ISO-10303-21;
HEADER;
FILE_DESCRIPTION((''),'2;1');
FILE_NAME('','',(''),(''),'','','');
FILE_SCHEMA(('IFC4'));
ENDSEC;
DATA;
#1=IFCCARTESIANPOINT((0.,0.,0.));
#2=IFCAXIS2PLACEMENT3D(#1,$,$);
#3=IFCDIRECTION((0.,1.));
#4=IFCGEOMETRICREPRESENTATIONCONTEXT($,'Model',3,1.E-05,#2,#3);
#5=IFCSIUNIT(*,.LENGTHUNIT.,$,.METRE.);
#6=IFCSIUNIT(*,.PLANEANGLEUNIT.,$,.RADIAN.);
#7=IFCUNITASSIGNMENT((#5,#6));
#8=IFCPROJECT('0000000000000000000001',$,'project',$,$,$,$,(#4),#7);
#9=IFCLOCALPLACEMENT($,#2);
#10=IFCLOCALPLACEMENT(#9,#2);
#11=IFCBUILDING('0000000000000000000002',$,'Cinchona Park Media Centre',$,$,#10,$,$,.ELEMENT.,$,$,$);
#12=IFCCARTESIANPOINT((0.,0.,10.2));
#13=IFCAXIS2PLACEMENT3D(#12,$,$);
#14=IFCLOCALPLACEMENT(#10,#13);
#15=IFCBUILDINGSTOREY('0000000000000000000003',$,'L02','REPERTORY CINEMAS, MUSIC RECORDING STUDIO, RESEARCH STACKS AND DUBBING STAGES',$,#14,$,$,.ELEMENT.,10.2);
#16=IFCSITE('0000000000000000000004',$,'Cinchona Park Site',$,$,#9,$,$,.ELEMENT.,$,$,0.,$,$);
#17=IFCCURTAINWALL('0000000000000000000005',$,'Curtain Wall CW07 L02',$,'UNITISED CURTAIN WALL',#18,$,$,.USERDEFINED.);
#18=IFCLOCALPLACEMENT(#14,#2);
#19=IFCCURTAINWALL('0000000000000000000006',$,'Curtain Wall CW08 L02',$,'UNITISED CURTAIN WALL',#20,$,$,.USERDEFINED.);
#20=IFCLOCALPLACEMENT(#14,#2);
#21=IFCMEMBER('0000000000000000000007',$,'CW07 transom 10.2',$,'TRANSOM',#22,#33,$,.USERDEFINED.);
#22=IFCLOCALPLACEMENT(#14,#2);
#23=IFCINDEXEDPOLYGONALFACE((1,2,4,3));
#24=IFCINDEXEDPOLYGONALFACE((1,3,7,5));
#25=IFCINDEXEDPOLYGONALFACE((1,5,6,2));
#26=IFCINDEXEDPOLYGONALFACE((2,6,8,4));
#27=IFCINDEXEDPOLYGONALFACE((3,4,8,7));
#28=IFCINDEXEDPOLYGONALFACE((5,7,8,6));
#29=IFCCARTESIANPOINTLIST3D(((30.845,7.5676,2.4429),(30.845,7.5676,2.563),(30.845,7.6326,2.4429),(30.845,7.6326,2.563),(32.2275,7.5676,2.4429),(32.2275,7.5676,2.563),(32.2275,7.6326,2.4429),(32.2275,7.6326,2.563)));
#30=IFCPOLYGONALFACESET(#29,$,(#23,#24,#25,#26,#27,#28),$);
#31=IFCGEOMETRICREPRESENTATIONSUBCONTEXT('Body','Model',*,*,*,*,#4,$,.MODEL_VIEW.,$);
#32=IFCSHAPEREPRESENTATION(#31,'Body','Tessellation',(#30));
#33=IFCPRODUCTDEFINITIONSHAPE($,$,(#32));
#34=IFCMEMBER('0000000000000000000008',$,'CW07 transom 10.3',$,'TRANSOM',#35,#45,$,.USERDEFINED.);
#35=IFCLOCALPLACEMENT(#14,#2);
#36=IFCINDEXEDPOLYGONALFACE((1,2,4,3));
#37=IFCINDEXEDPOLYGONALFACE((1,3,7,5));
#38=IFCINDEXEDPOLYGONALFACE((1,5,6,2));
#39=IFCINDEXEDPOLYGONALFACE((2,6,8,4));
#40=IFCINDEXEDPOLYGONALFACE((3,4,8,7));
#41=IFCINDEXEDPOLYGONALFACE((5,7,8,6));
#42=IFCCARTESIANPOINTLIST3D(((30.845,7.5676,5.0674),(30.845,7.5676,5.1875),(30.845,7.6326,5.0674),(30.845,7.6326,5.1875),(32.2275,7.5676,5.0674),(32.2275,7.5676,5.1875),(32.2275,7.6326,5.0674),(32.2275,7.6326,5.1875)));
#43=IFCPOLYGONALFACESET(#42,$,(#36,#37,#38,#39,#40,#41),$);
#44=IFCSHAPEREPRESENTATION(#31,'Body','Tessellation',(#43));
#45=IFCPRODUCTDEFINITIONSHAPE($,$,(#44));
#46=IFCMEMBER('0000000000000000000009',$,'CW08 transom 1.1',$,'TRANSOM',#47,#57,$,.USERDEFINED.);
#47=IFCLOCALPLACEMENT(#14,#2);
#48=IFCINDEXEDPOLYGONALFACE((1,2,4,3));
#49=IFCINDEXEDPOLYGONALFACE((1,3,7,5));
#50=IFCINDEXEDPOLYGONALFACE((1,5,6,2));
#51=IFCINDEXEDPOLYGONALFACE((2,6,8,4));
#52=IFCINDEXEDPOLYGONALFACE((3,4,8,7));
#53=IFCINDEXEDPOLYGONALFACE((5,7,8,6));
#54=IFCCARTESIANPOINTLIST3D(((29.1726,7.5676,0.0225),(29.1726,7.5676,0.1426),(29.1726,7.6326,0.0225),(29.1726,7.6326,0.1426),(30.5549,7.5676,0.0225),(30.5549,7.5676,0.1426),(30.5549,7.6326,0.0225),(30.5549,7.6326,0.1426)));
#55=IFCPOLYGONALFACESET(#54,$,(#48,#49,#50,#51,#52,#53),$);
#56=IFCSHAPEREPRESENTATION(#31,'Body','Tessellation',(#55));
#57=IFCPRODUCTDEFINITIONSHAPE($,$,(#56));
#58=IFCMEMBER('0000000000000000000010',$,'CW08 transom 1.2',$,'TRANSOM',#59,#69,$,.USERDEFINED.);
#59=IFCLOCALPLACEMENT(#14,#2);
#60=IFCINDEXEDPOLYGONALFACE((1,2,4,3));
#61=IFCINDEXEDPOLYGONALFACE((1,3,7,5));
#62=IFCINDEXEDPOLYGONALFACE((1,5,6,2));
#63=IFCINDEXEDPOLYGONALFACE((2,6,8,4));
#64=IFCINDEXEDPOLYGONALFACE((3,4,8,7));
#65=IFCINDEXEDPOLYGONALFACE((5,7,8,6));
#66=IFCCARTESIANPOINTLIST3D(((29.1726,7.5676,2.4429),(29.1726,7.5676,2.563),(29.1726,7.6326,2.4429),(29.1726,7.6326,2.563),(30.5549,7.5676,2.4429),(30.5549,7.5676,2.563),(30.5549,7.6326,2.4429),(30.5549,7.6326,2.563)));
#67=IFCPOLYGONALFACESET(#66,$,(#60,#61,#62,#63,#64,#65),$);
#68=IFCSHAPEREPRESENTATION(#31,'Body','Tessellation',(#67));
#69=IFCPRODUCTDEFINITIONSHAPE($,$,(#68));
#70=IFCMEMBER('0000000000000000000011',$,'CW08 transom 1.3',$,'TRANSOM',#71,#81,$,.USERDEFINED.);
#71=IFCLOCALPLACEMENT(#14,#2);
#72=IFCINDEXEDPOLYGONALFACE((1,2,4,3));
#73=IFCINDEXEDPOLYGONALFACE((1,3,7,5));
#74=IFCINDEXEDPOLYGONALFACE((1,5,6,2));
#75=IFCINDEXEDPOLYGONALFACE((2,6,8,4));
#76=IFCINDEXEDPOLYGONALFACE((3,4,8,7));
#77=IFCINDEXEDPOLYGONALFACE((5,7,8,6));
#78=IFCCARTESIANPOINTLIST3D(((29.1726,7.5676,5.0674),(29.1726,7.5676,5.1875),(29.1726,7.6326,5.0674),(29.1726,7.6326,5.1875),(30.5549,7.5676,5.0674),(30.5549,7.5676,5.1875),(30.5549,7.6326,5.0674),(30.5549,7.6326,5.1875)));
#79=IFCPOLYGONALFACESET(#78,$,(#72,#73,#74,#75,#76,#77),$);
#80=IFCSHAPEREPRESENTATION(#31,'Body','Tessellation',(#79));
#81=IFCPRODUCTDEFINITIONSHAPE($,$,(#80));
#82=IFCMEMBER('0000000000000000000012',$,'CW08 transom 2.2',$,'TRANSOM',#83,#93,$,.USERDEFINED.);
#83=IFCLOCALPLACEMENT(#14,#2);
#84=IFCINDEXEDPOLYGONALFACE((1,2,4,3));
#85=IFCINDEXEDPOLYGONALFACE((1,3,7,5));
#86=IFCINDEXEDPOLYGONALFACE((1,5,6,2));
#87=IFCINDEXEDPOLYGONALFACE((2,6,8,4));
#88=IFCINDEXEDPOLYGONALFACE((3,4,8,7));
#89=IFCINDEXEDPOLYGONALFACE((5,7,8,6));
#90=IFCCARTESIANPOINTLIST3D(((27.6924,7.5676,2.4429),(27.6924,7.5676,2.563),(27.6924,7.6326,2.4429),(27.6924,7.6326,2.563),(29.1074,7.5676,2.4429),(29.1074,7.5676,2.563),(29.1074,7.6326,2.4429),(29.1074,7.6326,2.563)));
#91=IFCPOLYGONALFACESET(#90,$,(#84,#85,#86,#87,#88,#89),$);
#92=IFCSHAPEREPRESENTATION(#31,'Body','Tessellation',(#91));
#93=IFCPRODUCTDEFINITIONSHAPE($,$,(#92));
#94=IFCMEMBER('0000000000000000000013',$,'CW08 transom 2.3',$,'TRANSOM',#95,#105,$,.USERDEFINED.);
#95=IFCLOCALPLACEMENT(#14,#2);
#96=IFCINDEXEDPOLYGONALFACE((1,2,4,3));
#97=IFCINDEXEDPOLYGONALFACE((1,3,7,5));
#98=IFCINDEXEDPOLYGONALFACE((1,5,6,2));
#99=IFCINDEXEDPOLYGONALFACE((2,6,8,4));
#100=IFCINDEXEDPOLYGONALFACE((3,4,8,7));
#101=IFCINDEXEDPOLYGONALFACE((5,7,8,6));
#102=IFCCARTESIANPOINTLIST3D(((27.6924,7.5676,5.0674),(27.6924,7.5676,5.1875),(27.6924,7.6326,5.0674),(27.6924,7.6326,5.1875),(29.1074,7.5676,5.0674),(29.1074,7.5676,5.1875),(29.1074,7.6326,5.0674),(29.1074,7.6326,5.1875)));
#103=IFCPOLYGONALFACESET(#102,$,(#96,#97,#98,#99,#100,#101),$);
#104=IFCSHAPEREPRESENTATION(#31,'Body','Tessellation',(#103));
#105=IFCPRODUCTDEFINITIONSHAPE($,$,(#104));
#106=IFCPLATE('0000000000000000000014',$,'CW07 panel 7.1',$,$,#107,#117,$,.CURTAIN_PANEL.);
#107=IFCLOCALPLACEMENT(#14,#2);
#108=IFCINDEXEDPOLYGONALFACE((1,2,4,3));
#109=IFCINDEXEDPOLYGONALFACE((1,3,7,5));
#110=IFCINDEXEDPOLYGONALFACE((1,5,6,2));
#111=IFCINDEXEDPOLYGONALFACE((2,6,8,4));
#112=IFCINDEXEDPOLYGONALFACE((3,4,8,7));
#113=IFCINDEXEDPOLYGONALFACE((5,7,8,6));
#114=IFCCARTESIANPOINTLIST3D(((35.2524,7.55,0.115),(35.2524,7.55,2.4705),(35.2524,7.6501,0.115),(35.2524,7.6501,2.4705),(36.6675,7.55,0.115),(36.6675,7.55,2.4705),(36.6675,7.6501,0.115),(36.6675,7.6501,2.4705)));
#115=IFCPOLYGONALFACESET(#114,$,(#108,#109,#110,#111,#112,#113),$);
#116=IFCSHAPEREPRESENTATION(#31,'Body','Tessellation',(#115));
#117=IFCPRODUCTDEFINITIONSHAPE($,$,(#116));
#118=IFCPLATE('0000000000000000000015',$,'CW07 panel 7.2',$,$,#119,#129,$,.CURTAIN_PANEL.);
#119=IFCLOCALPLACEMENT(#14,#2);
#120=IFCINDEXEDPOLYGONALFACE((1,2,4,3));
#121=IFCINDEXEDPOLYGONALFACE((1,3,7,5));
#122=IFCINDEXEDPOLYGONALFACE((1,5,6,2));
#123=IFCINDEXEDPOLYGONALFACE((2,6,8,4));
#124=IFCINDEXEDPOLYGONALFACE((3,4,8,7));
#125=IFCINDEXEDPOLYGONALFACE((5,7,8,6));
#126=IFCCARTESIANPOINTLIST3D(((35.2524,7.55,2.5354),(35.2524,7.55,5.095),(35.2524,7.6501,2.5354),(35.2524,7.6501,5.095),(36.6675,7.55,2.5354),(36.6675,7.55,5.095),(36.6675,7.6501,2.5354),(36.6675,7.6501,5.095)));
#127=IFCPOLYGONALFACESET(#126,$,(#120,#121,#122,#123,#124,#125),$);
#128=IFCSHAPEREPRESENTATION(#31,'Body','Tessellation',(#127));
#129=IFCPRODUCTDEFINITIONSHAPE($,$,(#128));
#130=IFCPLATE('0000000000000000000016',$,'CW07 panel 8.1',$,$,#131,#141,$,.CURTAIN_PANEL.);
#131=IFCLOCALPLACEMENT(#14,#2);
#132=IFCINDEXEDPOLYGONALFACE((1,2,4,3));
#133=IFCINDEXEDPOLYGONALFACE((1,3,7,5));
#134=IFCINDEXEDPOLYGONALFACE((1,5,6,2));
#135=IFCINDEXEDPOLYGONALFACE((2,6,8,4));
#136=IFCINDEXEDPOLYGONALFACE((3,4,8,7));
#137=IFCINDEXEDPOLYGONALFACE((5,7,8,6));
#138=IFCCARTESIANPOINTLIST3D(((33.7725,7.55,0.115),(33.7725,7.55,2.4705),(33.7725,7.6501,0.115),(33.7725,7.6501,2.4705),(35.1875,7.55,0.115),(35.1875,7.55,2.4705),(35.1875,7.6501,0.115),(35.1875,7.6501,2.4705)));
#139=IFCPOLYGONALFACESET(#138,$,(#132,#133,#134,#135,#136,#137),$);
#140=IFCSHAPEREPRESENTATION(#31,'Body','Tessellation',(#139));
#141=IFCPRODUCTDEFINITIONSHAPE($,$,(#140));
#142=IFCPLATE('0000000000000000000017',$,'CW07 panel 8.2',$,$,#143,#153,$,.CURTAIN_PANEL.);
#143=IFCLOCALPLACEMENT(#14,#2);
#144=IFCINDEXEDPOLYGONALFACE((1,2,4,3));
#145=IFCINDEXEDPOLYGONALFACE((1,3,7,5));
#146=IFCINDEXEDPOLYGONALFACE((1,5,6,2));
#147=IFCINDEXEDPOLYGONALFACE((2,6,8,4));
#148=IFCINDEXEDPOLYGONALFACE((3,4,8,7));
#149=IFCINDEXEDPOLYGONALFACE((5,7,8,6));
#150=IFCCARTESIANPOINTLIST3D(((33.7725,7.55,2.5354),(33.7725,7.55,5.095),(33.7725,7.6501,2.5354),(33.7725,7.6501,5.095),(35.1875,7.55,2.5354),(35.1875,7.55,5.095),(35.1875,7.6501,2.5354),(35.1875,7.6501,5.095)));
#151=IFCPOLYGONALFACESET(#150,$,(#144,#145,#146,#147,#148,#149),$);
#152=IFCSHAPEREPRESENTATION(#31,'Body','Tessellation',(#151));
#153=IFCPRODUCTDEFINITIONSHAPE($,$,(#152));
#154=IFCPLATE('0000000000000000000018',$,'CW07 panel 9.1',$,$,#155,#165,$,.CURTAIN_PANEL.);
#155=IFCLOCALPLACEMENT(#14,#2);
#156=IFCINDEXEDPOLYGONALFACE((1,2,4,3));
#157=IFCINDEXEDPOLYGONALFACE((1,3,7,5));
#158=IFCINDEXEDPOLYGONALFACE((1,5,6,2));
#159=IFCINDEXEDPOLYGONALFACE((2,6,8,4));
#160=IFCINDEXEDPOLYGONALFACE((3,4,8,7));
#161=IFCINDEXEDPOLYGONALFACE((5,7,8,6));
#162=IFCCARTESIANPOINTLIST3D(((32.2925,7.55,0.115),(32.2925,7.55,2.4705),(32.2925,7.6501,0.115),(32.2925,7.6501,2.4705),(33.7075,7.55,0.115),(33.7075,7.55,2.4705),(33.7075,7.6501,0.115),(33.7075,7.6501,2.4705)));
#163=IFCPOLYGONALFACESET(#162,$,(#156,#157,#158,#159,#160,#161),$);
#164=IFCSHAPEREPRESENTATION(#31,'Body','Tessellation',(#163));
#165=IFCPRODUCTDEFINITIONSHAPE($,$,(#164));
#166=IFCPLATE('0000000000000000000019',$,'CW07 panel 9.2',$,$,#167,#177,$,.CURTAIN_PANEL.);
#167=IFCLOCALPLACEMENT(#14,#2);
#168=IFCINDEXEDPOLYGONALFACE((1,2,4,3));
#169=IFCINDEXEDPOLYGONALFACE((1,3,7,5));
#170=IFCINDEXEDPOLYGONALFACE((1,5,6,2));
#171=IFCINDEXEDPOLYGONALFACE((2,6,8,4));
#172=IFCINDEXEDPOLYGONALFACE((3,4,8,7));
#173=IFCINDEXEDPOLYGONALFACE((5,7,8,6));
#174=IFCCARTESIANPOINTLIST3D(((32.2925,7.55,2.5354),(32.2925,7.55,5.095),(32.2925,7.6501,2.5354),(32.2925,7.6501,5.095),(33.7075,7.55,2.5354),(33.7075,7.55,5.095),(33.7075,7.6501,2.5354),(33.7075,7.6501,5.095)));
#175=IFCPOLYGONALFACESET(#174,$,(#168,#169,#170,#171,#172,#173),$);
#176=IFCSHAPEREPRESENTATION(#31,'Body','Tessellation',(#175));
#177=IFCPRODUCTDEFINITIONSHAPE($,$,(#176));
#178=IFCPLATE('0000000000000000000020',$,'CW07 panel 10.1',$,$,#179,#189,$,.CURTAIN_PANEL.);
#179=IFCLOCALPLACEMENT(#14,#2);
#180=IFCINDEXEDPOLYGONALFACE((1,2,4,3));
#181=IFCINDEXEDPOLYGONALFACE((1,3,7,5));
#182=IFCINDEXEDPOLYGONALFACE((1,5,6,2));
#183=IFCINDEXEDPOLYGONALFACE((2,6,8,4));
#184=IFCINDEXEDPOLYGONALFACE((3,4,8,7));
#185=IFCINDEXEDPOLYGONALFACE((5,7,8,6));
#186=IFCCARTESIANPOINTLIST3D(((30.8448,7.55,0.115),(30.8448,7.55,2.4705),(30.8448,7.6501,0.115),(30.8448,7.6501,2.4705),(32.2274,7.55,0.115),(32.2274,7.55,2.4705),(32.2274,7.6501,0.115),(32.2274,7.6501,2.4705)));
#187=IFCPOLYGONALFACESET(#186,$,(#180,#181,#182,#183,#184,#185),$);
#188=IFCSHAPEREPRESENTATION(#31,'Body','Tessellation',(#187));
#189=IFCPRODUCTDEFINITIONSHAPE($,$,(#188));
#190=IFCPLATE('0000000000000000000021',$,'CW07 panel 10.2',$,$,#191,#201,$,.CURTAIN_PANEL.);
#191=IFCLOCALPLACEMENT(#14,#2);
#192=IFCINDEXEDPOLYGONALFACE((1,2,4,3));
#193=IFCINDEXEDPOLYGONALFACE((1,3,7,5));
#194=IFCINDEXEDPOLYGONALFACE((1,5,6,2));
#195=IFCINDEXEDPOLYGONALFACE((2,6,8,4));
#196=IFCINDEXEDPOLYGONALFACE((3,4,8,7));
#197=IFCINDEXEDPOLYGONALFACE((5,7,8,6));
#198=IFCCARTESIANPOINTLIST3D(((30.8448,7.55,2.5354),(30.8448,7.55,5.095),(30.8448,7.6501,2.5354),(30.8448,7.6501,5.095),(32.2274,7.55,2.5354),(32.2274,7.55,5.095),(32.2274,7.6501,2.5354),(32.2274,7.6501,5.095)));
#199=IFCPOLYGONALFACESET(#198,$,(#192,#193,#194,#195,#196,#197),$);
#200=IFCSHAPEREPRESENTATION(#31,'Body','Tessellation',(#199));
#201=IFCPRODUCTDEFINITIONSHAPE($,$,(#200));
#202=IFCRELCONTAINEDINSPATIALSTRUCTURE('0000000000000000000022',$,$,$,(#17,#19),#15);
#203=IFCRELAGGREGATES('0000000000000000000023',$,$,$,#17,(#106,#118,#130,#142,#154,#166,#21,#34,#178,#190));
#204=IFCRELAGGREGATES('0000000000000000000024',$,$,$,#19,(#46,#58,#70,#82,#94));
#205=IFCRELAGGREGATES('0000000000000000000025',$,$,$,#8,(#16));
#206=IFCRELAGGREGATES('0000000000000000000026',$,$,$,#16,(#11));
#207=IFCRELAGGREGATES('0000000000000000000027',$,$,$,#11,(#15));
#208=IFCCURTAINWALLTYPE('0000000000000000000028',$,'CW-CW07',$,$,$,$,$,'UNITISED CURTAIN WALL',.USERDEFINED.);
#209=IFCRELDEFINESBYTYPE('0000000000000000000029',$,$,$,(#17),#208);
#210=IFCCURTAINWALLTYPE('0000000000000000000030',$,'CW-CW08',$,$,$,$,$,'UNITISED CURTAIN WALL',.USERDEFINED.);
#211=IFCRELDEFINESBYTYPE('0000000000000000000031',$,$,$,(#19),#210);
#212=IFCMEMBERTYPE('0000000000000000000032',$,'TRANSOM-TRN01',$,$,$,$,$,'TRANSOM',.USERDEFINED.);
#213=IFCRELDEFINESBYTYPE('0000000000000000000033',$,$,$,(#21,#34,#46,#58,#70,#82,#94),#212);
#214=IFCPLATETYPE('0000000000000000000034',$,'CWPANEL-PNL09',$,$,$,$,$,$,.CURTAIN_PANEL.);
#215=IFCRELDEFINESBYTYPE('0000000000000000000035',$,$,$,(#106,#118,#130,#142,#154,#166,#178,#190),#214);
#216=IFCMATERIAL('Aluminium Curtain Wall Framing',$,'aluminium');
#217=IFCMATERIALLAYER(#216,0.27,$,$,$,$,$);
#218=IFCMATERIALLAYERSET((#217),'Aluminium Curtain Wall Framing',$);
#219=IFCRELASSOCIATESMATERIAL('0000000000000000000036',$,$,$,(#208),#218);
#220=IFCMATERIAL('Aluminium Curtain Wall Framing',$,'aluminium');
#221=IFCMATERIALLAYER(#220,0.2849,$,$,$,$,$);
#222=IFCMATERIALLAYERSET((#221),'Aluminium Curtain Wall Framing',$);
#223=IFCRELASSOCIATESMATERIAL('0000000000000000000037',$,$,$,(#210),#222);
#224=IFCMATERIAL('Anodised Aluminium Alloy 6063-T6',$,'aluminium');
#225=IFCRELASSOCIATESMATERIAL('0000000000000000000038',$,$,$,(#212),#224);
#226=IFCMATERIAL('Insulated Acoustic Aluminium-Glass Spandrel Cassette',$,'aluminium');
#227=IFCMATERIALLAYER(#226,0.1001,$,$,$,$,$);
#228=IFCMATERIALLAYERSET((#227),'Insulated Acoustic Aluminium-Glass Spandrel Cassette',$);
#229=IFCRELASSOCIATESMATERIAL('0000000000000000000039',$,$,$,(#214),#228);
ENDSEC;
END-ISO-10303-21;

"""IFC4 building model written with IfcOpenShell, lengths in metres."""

from ifc_helpers import new_model, si_unit, direction, frame, origin, origin_2d, place, context, subcontext, project, spatial, rectangle, extrude, material, layer, layer_set, material_profile, profile_set, type_object, element, aggregate, save


model = new_model("IFC4")

# Units and contexts
model_context = context("Model", 3, precision=1e-05, world=origin(), true_north=direction((0.0, 1.0)))
body_context = subcontext(model_context, "Body", "Model", "MODEL_VIEW")
ifc_project = project(units=[si_unit("LENGTHUNIT", "METRE"), si_unit("PLANEANGLEUNIT", "RADIAN")], contexts=[model_context])

# Site, building, storey
site_placement = place(None, origin())
site = spatial("IfcSite", under=ifc_project, at=site_placement, Name="Cinchona Park Site", CompositionType="ELEMENT", RefElevation=0.0)
building_placement = place(site_placement, origin())
building = spatial("IfcBuilding", under=site, at=building_placement, Name="Cinchona Park Media Centre", CompositionType="ELEMENT")
storey_placement = place(building_placement, frame((0.0, 0.0, 10.2)))
storey = spatial("IfcBuildingStorey", under=building, at=storey_placement, Name="L02", Description="REPERTORY CINEMAS, MUSIC RECORDING STUDIO, RESEARCH STACKS AND DUBBING STAGES", CompositionType="ELEMENT", Elevation=10.2)

# Curtain walls
ifc_material_1 = material(Name="Aluminium Curtain Wall Framing", Category="aluminium")
ifc_layer_1 = layer(ifc_material_1, 0.27)
ifc_layer_set_1 = layer_set([ifc_layer_1], Name="Aluminium Curtain Wall Framing")
curtain_wall_type_1 = type_object("IfcCurtainWallType", Name="CW-CW07", ElementType="UNITISED CURTAIN WALL", PredefinedType="USERDEFINED", material=ifc_layer_set_1)
curtain_wall_1_placement = place(storey_placement, origin())
curtain_wall_1 = element("IfcCurtainWall", 1, at=curtain_wall_1_placement, inside=storey, type_object=curtain_wall_type_1, Name="Curtain Wall CW07 L02", ObjectType="UNITISED CURTAIN WALL", PredefinedType="USERDEFINED")
ifc_material_2 = material(Name="Aluminium Curtain Wall Framing", Category="aluminium")
ifc_layer_2 = layer(ifc_material_2, 0.2849)
ifc_layer_set_2 = layer_set([ifc_layer_2], Name="Aluminium Curtain Wall Framing")
curtain_wall_type_2 = type_object("IfcCurtainWallType", Name="CW-CW08", ElementType="UNITISED CURTAIN WALL", PredefinedType="USERDEFINED", material=ifc_layer_set_2)
curtain_wall_2_placement = place(storey_placement, origin())
curtain_wall_2 = element("IfcCurtainWall", 2, at=curtain_wall_2_placement, inside=storey, type_object=curtain_wall_type_2, Name="Curtain Wall CW08 L02", ObjectType="UNITISED CURTAIN WALL", PredefinedType="USERDEFINED")

# Members
ifc_material_3 = material(Name="Anodised Aluminium Alloy 6063-T6", Category="aluminium")
ifc_material_profile_1 = material_profile(ifc_material_3, rectangle(XDim=0.0649, YDim=0.1201, at=origin_2d()), Name="TRN-65X120")
ifc_profile_set_1 = profile_set([ifc_material_profile_1], Name="Anodised Aluminium Alloy 6063-T6")
member_type_1 = type_object("IfcMemberType", Name="TRANSOM-TRN01", ElementType="TRANSOM", PredefinedType="USERDEFINED", material=ifc_profile_set_1)
member_1_placement = place(storey_placement, frame((32.2275, 7.6001, 2.5029), z_axis=(-1.0, 0.0, 0.0), x_axis=(0.0, -1.0, 0.0)))
member_1 = element("IfcMember", 3, at=member_1_placement, type_object=member_type_1, Name="CW07 transom 10.2", ObjectType="TRANSOM", PredefinedType="USERDEFINED", context=body_context, shape_type="SweptSolid", body=[
    extrude(rectangle(XDim=0.0649, YDim=0.1201, at=origin_2d()), origin(), (0.0, 0.0, 1.0), 1.3826),
])
member_2_placement = place(storey_placement, frame((32.2275, 7.6001, 5.1274), z_axis=(-1.0, 0.0, 0.0), x_axis=(0.0, -1.0, 0.0)))
member_2 = element("IfcMember", 4, at=member_2_placement, type_object=member_type_1, Name="CW07 transom 10.3", ObjectType="TRANSOM", PredefinedType="USERDEFINED", context=body_context, shape_type="SweptSolid", body=[
    extrude(rectangle(XDim=0.0649, YDim=0.1201, at=origin_2d()), origin(), (0.0, 0.0, 1.0), 1.3826),
])
member_3_placement = place(storey_placement, frame((30.5549, 7.6001, 0.0825), z_axis=(-1.0, 0.0, 0.0), x_axis=(0.0, -1.0, 0.0)))
member_3 = element("IfcMember", 5, at=member_3_placement, type_object=member_type_1, Name="CW08 transom 1.1", ObjectType="TRANSOM", PredefinedType="USERDEFINED", context=body_context, shape_type="SweptSolid", body=[
    extrude(rectangle(XDim=0.0649, YDim=0.1201, at=origin_2d()), origin(), (0.0, 0.0, 1.0), 1.3823),
])
member_4_placement = place(storey_placement, frame((30.5549, 7.6001, 2.5029), z_axis=(-1.0, 0.0, 0.0), x_axis=(0.0, -1.0, 0.0)))
member_4 = element("IfcMember", 6, at=member_4_placement, type_object=member_type_1, Name="CW08 transom 1.2", ObjectType="TRANSOM", PredefinedType="USERDEFINED", context=body_context, shape_type="SweptSolid", body=[
    extrude(rectangle(XDim=0.0649, YDim=0.1201, at=origin_2d()), origin(), (0.0, 0.0, 1.0), 1.3823),
])
member_5_placement = place(storey_placement, frame((30.5549, 7.6001, 5.1274), z_axis=(-1.0, 0.0, 0.0), x_axis=(0.0, -1.0, 0.0)))
member_5 = element("IfcMember", 7, at=member_5_placement, type_object=member_type_1, Name="CW08 transom 1.3", ObjectType="TRANSOM", PredefinedType="USERDEFINED", context=body_context, shape_type="SweptSolid", body=[
    extrude(rectangle(XDim=0.0649, YDim=0.1201, at=origin_2d()), origin(), (0.0, 0.0, 1.0), 1.3823),
])
member_6_placement = place(storey_placement, frame((29.1074, 7.6001, 2.5029), z_axis=(-1.0, 0.0, 0.0), x_axis=(0.0, -1.0, 0.0)))
member_6 = element("IfcMember", 8, at=member_6_placement, type_object=member_type_1, Name="CW08 transom 2.2", ObjectType="TRANSOM", PredefinedType="USERDEFINED", context=body_context, shape_type="SweptSolid", body=[
    extrude(rectangle(XDim=0.0649, YDim=0.1201, at=origin_2d()), origin(), (0.0, 0.0, 1.0), 1.415),
])
member_7_placement = place(storey_placement, frame((29.1074, 7.6001, 5.1274), z_axis=(-1.0, 0.0, 0.0), x_axis=(0.0, -1.0, 0.0)))
member_7 = element("IfcMember", 9, at=member_7_placement, type_object=member_type_1, Name="CW08 transom 2.3", ObjectType="TRANSOM", PredefinedType="USERDEFINED", context=body_context, shape_type="SweptSolid", body=[
    extrude(rectangle(XDim=0.0649, YDim=0.1201, at=origin_2d()), origin(), (0.0, 0.0, 1.0), 1.415),
])

# Plates
ifc_material_4 = material(Name="Insulated Acoustic Aluminium-Glass Spandrel Cassette", Category="aluminium")
ifc_layer_3 = layer(ifc_material_4, 0.1001)
ifc_layer_set_3 = layer_set([ifc_layer_3], Name="Insulated Acoustic Aluminium-Glass Spandrel Cassette")
plate_type_1 = type_object("IfcPlateType", Name="CWPANEL-PNL09", PredefinedType="CURTAIN_PANEL", material=ifc_layer_set_3)
plate_1_placement = place(storey_placement, frame((35.96, 7.6001, 0.115), z_axis=(0.0, 0.0, 1.0), x_axis=(-1.0, 0.0, 0.0)))
plate_1 = element("IfcPlate", 10, at=plate_1_placement, type_object=plate_type_1, Name="CW07 panel 7.1", PredefinedType="CURTAIN_PANEL", context=body_context, shape_type="SweptSolid", body=[
    extrude(rectangle(XDim=1.415, YDim=0.1001, at=origin_2d()), origin(), (0.0, 0.0, 1.0), 2.3555),
])
plate_2_placement = place(storey_placement, frame((35.96, 7.6001, 2.5354), z_axis=(0.0, 0.0, 1.0), x_axis=(-1.0, 0.0, 0.0)))
plate_2 = element("IfcPlate", 11, at=plate_2_placement, type_object=plate_type_1, Name="CW07 panel 7.2", PredefinedType="CURTAIN_PANEL", context=body_context, shape_type="SweptSolid", body=[
    extrude(rectangle(XDim=1.415, YDim=0.1001, at=origin_2d()), origin(), (0.0, 0.0, 1.0), 2.5596),
])
plate_3_placement = place(storey_placement, frame((34.48, 7.6001, 0.115), z_axis=(0.0, 0.0, 1.0), x_axis=(-1.0, 0.0, 0.0)))
plate_3 = element("IfcPlate", 12, at=plate_3_placement, type_object=plate_type_1, Name="CW07 panel 8.1", PredefinedType="CURTAIN_PANEL", context=body_context, shape_type="SweptSolid", body=[
    extrude(rectangle(XDim=1.415, YDim=0.1001, at=origin_2d()), origin(), (0.0, 0.0, 1.0), 2.3555),
])
plate_4_placement = place(storey_placement, frame((34.48, 7.6001, 2.5354), z_axis=(0.0, 0.0, 1.0), x_axis=(-1.0, 0.0, 0.0)))
plate_4 = element("IfcPlate", 13, at=plate_4_placement, type_object=plate_type_1, Name="CW07 panel 8.2", PredefinedType="CURTAIN_PANEL", context=body_context, shape_type="SweptSolid", body=[
    extrude(rectangle(XDim=1.415, YDim=0.1001, at=origin_2d()), origin(), (0.0, 0.0, 1.0), 2.5596),
])
plate_5_placement = place(storey_placement, frame((33.0, 7.6001, 0.115), z_axis=(0.0, 0.0, 1.0), x_axis=(-1.0, 0.0, 0.0)))
plate_5 = element("IfcPlate", 14, at=plate_5_placement, type_object=plate_type_1, Name="CW07 panel 9.1", PredefinedType="CURTAIN_PANEL", context=body_context, shape_type="SweptSolid", body=[
    extrude(rectangle(XDim=1.415, YDim=0.1001, at=origin_2d()), origin(), (0.0, 0.0, 1.0), 2.3555),
])
plate_6_placement = place(storey_placement, frame((33.0, 7.6001, 2.5354), z_axis=(0.0, 0.0, 1.0), x_axis=(-1.0, 0.0, 0.0)))
plate_6 = element("IfcPlate", 15, at=plate_6_placement, type_object=plate_type_1, Name="CW07 panel 9.2", PredefinedType="CURTAIN_PANEL", context=body_context, shape_type="SweptSolid", body=[
    extrude(rectangle(XDim=1.415, YDim=0.1001, at=origin_2d()), origin(), (0.0, 0.0, 1.0), 2.5596),
])
plate_7_placement = place(storey_placement, frame((31.5361, 7.6001, 0.115), z_axis=(0.0, 0.0, 1.0), x_axis=(-1.0, 0.0, 0.0)))
plate_7 = element("IfcPlate", 16, at=plate_7_placement, type_object=plate_type_1, Name="CW07 panel 10.1", PredefinedType="CURTAIN_PANEL", context=body_context, shape_type="SweptSolid", body=[
    extrude(rectangle(XDim=1.3826, YDim=0.1001, at=origin_2d()), origin(), (0.0, 0.0, 1.0), 2.3555),
])
plate_8_placement = place(storey_placement, frame((31.5361, 7.6001, 2.5354), z_axis=(0.0, 0.0, 1.0), x_axis=(-1.0, 0.0, 0.0)))
plate_8 = element("IfcPlate", 17, at=plate_8_placement, type_object=plate_type_1, Name="CW07 panel 10.2", PredefinedType="CURTAIN_PANEL", context=body_context, shape_type="SweptSolid", body=[
    extrude(rectangle(XDim=1.3826, YDim=0.1001, at=origin_2d()), origin(), (0.0, 0.0, 1.0), 2.5596),
])
aggregate(curtain_wall_1, [plate_1, plate_2, plate_3, plate_4, plate_5, plate_6, member_1, member_2, plate_7, plate_8])
aggregate(curtain_wall_2, [member_3, member_4, member_5, member_6, member_7])

save(model, "model.ifc")
